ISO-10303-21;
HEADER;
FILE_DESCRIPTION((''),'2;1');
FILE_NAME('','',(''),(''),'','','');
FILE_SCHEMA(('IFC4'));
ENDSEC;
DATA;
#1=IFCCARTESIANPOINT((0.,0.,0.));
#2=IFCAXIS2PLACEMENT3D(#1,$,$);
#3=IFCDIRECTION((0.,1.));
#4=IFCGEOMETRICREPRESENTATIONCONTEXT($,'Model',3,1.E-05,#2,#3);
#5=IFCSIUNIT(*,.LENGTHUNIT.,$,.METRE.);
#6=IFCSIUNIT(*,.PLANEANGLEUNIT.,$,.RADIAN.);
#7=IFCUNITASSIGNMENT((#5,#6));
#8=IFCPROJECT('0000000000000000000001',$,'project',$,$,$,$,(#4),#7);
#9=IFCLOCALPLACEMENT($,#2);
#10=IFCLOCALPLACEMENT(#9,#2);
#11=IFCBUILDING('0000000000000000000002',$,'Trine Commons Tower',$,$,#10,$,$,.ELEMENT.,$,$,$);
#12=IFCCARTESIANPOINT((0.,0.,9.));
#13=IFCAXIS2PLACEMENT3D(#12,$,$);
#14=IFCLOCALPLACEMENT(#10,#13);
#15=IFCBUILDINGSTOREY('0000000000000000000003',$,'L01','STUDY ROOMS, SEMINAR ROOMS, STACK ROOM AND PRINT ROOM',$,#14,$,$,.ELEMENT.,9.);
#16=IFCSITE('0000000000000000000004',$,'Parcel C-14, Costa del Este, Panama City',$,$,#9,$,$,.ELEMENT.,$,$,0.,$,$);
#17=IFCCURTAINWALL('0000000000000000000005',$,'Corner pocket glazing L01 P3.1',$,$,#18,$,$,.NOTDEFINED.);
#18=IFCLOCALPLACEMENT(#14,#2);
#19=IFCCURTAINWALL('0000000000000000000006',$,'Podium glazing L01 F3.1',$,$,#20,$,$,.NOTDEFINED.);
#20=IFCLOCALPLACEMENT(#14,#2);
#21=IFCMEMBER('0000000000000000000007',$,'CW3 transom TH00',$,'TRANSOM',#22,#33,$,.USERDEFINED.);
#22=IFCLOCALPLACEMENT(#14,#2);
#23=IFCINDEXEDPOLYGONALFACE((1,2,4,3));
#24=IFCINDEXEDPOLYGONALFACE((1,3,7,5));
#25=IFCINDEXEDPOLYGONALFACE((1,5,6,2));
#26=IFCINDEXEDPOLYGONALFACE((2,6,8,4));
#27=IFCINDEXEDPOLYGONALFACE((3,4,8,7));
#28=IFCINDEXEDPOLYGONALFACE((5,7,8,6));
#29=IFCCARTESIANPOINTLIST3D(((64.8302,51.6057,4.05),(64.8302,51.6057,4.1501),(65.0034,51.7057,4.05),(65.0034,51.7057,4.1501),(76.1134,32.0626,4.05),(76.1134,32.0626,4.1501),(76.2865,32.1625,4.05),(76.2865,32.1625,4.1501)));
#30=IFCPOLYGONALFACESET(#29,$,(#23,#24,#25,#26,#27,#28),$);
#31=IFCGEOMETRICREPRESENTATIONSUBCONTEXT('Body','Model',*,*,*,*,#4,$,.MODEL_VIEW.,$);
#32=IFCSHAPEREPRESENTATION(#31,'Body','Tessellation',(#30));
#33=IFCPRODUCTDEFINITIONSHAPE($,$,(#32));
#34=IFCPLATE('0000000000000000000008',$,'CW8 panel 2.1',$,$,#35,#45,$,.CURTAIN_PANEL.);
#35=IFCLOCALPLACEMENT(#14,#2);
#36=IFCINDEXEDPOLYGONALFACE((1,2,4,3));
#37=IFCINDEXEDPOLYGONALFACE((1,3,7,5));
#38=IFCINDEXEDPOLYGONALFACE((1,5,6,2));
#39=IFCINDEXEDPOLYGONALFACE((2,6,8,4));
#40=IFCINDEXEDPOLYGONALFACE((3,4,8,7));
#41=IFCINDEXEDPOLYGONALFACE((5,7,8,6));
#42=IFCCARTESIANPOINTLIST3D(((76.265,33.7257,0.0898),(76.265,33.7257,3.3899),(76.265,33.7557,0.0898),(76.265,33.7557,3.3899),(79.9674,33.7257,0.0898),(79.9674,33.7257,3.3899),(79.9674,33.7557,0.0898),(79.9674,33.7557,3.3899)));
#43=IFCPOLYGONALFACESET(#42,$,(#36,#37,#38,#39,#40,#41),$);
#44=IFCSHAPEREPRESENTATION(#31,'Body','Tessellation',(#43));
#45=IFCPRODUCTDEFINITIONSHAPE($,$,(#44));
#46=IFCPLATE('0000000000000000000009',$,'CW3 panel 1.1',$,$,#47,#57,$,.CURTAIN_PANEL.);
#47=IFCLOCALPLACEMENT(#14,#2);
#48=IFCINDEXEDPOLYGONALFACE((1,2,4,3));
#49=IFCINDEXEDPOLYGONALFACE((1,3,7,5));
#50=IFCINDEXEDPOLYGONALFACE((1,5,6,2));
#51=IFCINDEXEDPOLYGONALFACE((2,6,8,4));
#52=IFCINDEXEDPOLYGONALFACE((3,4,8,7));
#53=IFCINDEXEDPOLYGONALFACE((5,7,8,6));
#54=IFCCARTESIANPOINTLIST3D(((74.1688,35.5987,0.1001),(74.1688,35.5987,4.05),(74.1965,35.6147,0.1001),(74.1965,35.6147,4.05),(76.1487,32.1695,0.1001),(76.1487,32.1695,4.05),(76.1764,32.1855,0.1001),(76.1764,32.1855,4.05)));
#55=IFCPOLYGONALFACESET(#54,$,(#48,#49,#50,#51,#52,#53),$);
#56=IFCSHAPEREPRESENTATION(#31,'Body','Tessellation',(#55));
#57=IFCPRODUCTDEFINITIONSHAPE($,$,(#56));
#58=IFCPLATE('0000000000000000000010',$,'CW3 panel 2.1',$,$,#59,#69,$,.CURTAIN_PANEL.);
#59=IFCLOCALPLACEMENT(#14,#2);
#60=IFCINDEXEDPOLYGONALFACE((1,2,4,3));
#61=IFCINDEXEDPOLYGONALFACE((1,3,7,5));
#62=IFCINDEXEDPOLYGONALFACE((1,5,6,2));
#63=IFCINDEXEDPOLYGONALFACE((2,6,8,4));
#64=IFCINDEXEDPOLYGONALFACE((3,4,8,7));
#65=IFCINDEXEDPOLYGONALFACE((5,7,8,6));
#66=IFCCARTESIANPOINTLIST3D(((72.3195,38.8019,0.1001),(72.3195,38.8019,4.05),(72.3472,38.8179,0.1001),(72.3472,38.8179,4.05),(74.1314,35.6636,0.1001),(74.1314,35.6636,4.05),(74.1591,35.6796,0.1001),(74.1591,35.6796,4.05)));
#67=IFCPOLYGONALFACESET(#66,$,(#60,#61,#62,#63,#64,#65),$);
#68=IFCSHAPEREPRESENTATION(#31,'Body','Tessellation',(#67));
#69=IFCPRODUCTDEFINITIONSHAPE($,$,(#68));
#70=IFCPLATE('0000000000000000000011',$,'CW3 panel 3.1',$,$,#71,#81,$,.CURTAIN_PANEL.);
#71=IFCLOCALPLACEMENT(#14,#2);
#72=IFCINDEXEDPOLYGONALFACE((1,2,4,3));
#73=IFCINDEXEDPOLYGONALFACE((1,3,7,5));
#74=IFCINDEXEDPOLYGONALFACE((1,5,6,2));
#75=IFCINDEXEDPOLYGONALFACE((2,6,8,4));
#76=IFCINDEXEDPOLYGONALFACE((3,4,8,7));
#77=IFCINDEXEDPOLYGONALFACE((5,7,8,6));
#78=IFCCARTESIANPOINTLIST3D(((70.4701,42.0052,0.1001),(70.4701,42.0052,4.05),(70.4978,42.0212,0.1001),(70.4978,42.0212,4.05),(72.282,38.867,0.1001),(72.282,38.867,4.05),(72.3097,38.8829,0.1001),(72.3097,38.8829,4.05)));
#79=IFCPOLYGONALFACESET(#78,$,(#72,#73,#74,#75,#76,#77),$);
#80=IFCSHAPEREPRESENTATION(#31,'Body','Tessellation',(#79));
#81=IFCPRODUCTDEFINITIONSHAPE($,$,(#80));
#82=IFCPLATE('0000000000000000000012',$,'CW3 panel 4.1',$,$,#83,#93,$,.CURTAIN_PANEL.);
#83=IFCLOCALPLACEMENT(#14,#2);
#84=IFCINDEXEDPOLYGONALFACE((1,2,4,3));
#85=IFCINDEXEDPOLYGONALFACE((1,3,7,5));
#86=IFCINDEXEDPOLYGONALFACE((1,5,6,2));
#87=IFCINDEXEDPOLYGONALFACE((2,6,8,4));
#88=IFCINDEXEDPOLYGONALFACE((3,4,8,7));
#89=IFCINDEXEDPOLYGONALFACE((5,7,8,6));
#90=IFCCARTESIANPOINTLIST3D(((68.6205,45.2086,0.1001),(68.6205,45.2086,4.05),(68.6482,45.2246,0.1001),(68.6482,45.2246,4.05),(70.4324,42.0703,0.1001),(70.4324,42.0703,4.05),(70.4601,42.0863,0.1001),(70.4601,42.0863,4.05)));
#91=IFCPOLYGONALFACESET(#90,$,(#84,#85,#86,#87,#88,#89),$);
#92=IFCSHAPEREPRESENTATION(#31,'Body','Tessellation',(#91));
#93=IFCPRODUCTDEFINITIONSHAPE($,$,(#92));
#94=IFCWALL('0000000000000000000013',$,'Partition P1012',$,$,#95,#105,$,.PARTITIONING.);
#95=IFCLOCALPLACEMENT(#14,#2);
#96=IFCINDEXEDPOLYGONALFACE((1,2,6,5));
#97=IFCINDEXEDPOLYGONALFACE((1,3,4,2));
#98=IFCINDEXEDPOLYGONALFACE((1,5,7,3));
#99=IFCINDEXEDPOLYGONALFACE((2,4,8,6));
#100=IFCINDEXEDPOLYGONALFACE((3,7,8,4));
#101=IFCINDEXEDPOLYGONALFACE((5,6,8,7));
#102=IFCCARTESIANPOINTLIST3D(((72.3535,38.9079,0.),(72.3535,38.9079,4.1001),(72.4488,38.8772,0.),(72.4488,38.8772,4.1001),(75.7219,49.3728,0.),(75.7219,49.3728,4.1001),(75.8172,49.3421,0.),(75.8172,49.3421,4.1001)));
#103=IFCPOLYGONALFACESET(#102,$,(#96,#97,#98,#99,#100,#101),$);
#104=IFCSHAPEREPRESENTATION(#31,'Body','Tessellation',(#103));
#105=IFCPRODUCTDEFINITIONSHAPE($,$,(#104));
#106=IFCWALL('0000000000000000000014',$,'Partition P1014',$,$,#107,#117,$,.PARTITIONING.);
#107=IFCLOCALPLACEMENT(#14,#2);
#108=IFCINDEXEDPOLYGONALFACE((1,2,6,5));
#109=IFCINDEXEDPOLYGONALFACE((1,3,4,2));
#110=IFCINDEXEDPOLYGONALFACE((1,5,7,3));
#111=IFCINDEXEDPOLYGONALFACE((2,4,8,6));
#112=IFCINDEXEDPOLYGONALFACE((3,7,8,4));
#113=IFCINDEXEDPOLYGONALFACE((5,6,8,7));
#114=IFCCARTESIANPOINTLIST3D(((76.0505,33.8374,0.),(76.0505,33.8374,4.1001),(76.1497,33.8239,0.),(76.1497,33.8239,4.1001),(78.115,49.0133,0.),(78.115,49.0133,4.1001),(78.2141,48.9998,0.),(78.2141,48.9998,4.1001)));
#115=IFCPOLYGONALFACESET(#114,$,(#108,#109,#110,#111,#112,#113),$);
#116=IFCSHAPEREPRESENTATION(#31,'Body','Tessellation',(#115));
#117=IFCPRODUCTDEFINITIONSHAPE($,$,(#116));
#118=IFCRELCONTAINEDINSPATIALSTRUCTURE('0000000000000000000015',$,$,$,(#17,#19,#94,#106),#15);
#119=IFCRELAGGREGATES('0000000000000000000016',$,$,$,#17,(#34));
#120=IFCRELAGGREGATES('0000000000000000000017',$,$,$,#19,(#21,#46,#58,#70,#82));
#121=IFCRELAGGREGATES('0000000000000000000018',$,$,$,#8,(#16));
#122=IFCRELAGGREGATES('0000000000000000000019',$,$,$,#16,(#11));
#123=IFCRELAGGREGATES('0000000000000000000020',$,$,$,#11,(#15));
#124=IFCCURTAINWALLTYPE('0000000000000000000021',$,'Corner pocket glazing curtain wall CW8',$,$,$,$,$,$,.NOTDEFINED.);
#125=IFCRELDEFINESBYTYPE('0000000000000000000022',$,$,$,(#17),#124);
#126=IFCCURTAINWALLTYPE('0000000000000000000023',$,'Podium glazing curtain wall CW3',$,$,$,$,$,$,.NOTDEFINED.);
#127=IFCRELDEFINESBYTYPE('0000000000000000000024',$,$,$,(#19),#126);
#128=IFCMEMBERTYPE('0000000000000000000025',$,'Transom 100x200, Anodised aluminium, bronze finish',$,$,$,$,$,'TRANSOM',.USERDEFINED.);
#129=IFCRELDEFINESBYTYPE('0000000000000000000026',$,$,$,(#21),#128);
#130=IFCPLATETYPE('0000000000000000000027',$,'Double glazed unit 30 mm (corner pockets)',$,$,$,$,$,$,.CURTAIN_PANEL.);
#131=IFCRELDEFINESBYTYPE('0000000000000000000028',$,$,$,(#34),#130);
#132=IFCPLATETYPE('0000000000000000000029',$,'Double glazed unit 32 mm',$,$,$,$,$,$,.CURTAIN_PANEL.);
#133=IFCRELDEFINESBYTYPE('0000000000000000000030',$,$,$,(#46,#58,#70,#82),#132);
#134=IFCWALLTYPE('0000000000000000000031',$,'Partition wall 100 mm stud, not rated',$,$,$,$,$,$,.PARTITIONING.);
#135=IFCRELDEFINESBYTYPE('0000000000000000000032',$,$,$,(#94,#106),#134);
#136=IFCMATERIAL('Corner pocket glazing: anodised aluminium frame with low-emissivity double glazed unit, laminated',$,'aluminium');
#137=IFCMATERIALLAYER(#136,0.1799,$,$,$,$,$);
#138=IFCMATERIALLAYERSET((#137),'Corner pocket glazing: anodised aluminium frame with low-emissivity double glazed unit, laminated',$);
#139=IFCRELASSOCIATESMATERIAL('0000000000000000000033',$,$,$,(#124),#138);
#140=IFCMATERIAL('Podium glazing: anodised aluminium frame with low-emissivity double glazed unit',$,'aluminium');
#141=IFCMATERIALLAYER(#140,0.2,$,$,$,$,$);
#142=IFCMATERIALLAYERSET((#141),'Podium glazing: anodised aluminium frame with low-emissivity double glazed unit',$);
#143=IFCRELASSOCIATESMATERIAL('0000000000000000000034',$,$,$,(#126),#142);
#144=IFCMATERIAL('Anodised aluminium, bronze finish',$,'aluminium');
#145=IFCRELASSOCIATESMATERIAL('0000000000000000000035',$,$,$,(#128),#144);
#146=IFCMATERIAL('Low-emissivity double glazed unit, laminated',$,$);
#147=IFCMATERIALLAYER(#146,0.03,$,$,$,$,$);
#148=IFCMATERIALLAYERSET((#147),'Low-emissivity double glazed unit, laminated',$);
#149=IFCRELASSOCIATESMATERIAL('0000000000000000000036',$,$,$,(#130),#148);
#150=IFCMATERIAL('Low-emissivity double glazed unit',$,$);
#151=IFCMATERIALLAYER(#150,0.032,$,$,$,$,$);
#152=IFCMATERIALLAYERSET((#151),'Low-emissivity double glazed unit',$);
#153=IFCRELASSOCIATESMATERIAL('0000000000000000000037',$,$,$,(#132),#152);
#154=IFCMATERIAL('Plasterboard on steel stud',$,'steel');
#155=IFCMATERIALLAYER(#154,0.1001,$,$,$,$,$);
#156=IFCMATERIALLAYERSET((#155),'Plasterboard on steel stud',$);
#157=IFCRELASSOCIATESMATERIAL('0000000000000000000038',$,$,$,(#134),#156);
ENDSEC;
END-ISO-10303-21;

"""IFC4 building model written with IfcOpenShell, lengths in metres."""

from ifc_helpers import new_model, si_unit, direction, frame, frame_2d, origin, origin_2d, place, context, subcontext, project, spatial, rectangle, extrude, material, layer, layer_set, material_profile, profile_set, type_object, element, aggregate, save


model = new_model("IFC4")

# Units and contexts
model_context = context("Model", 3, precision=1e-05, world=origin(), true_north=direction((0.0, 1.0)))
body_context = subcontext(model_context, "Body", "Model", "MODEL_VIEW")
ifc_project = project(units=[si_unit("LENGTHUNIT", "METRE"), si_unit("PLANEANGLEUNIT", "RADIAN")], contexts=[model_context])

# Site, building, storey
site_placement = place(None, origin())
site = spatial("IfcSite", under=ifc_project, at=site_placement, Name="Parcel C-14, Costa del Este, Panama City", CompositionType="ELEMENT", RefElevation=0.0)
building_placement = place(site_placement, origin())
building = spatial("IfcBuilding", under=site, at=building_placement, Name="Trine Commons Tower", CompositionType="ELEMENT")
storey_placement = place(building_placement, frame((0.0, 0.0, 9.0)))
storey = spatial("IfcBuildingStorey", under=building, at=storey_placement, Name="L01", Description="STUDY ROOMS, SEMINAR ROOMS, STACK ROOM AND PRINT ROOM", CompositionType="ELEMENT", Elevation=9.0)

# Curtain wall
ifc_material_1 = material(Name="Corner pocket glazing: anodised aluminium frame with low-emissivity double glazed unit, laminated", Category="aluminium")
ifc_layer_1 = layer(ifc_material_1, 0.1799)
ifc_layer_set_1 = layer_set([ifc_layer_1], Name="Corner pocket glazing: anodised aluminium frame with low-emissivity double glazed unit, laminated")
curtain_wall_type_1 = type_object("IfcCurtainWallType", Name="Corner pocket glazing curtain wall CW8", PredefinedType="NOTDEFINED", material=ifc_layer_set_1)
curtain_wall_1_placement = place(storey_placement, origin())
curtain_wall_1 = element("IfcCurtainWall", 1, at=curtain_wall_1_placement, inside=storey, type_object=curtain_wall_type_1, Name="Corner pocket glazing L01 P3.1", PredefinedType="NOTDEFINED")
ifc_material_2 = material(Name="Anodised aluminium, bronze finish", Category="aluminium")

# Curtain wall
ifc_material_3 = material(Name="Podium glazing: anodised aluminium frame with low-emissivity double glazed unit", Category="aluminium")
ifc_layer_2 = layer(ifc_material_3, 0.2)
ifc_layer_set_2 = layer_set([ifc_layer_2], Name="Podium glazing: anodised aluminium frame with low-emissivity double glazed unit")
curtain_wall_type_2 = type_object("IfcCurtainWallType", Name="Podium glazing curtain wall CW3", PredefinedType="NOTDEFINED", material=ifc_layer_set_2)
curtain_wall_2_placement = place(storey_placement, origin())
curtain_wall_2 = element("IfcCurtainWall", 2, at=curtain_wall_2_placement, inside=storey, type_object=curtain_wall_type_2, Name="Podium glazing L01 F3.1", PredefinedType="NOTDEFINED")

# Member
ifc_material_profile_1 = material_profile(ifc_material_2, rectangle(XDim=0.2, YDim=0.1001, at=origin_2d()), Name="Transom 100x200")
ifc_profile_set_1 = profile_set([ifc_material_profile_1], Name="Anodised aluminium, bronze finish")
member_type_1 = type_object("IfcMemberType", Name="Transom 100x200, Anodised aluminium, bronze finish", ElementType="TRANSOM", PredefinedType="USERDEFINED", material=ifc_profile_set_1)
member_1_placement = place(storey_placement, frame((76.2, 32.1125, 4.1001), z_axis=(-0.499997, 0.866027, 0.0), x_axis=(-0.866027, -0.499997, 0.0)))
member_1 = element("IfcMember", 3, at=member_1_placement, type_object=member_type_1, Name="CW3 transom TH00", ObjectType="TRANSOM", PredefinedType="USERDEFINED", context=body_context, shape_type="SweptSolid", body=[
    extrude(rectangle(XDim=0.2, YDim=0.1001, at=origin_2d()), origin(), (0.0, 0.0, 1.0), 22.5664),
])

# Plates
ifc_material_4 = material(Name="Low-emissivity double glazed unit, laminated")
ifc_layer_3 = layer(ifc_material_4, 0.03)
ifc_layer_set_3 = layer_set([ifc_layer_3], Name="Low-emissivity double glazed unit, laminated")
plate_type_1 = type_object("IfcPlateType", Name="Double glazed unit 30 mm (corner pockets)", PredefinedType="CURTAIN_PANEL", material=ifc_layer_set_3)
plate_1_placement = place(storey_placement, frame((78.1162, 33.7407, 0.0898), z_axis=(0.0, 0.0, 1.0), x_axis=(-1.0, 0.0, 0.0)))
plate_1 = element("IfcPlate", 4, at=plate_1_placement, type_object=plate_type_1, Name="CW8 panel 2.1", PredefinedType="CURTAIN_PANEL", context=body_context, shape_type="SweptSolid", body=[
    extrude(rectangle(XDim=3.7024, YDim=0.03, at=origin_2d()), origin(), (0.0, 0.0, 1.0), 3.3),
])
aggregate(curtain_wall_1, [plate_1])
ifc_material_5 = material(Name="Low-emissivity double glazed unit")
ifc_layer_4 = layer(ifc_material_5, 0.032)
ifc_layer_set_4 = layer_set([ifc_layer_4], Name="Low-emissivity double glazed unit")
plate_type_2 = type_object("IfcPlateType", Name="Double glazed unit 32 mm", PredefinedType="CURTAIN_PANEL", material=ifc_layer_set_4)
plate_2_placement = place(storey_placement, frame((75.1726, 33.8921, 0.1001), z_axis=(0.0, 0.0, 1.0), x_axis=(-0.5, 0.866025, 0.0)))
plate_2 = element("IfcPlate", 5, at=plate_2_placement, type_object=plate_type_2, Name="CW3 panel 1.1", PredefinedType="CURTAIN_PANEL", context=body_context, shape_type="SweptSolid", body=[
    extrude(rectangle(XDim=3.9597, YDim=0.032, at=origin_2d()), origin(), (0.0, 0.0, 1.0), 3.95),
])
plate_3_placement = place(storey_placement, frame((73.2393, 37.2407, 0.1001), z_axis=(0.0, 0.0, 1.0), x_axis=(-0.5, 0.866025, 0.0)))
plate_3 = element("IfcPlate", 6, at=plate_3_placement, type_object=plate_type_2, Name="CW3 panel 2.1", PredefinedType="CURTAIN_PANEL", context=body_context, shape_type="SweptSolid", body=[
    extrude(rectangle(XDim=3.6238, YDim=0.032, at=origin_2d()), origin(), (0.0, 0.0, 1.0), 3.95),
])
plate_4_placement = place(storey_placement, frame((71.3899, 40.4441, 0.1001), z_axis=(0.0, 0.0, 1.0), x_axis=(-0.5, 0.866025, 0.0)))
plate_4 = element("IfcPlate", 7, at=plate_4_placement, type_object=plate_type_2, Name="CW3 panel 3.1", PredefinedType="CURTAIN_PANEL", context=body_context, shape_type="SweptSolid", body=[
    extrude(rectangle(XDim=3.6238, YDim=0.032, at=origin_2d()), origin(), (0.0, 0.0, 1.0), 3.95),
])
plate_5_placement = place(storey_placement, frame((69.5403, 43.6475, 0.1001), z_axis=(0.0, 0.0, 1.0), x_axis=(-0.5, 0.866025, 0.0)))
plate_5 = element("IfcPlate", 8, at=plate_5_placement, type_object=plate_type_2, Name="CW3 panel 4.1", PredefinedType="CURTAIN_PANEL", context=body_context, shape_type="SweptSolid", body=[
    extrude(rectangle(XDim=3.6238, YDim=0.032, at=origin_2d()), origin(), (0.0, 0.0, 1.0), 3.95),
])
aggregate(curtain_wall_2, [member_1, plate_2, plate_3, plate_4, plate_5])

# Walls
ifc_material_6 = material(Name="Plasterboard on steel stud", Category="steel")
ifc_layer_5 = layer(ifc_material_6, 0.1001)
ifc_layer_set_5 = layer_set([ifc_layer_5], Name="Plasterboard on steel stud")
wall_type_1 = type_object("IfcWallType", Name="Partition wall 100 mm stud, not rated", PredefinedType="PARTITIONING", material=ifc_layer_set_5)
wall_1_placement = place(storey_placement, frame((72.4011, 38.8926, 0.0), z_axis=(0.0, 0.0, 1.0), x_axis=(0.306397, 0.951904, 0.0)))
element("IfcWall", 9, at=wall_1_placement, inside=storey, type_object=wall_type_1, Name="Partition P1012", PredefinedType="PARTITIONING", context=body_context, shape_type="SweptSolid", body=[
    extrude(rectangle(XDim=10.9937, YDim=0.1001, at=frame_2d((5.4968, 0.0))), origin(), (0.0, 0.0, 1.0), 4.1001),
])
wall_2_placement = place(storey_placement, frame((76.1001, 33.8308, 0.0), z_axis=(0.0, 0.0, 1.0), x_axis=(0.134795, 0.990874, 0.0)))
element("IfcWall", 10, at=wall_2_placement, inside=storey, type_object=wall_type_1, Name="Partition P1014", PredefinedType="PARTITIONING", context=body_context, shape_type="SweptSolid", body=[
    extrude(rectangle(XDim=15.3157, YDim=0.1001, at=frame_2d((7.6577, 0.0))), origin(), (0.0, 0.0, 1.0), 4.1001),
])

save(model, "model.ifc")
